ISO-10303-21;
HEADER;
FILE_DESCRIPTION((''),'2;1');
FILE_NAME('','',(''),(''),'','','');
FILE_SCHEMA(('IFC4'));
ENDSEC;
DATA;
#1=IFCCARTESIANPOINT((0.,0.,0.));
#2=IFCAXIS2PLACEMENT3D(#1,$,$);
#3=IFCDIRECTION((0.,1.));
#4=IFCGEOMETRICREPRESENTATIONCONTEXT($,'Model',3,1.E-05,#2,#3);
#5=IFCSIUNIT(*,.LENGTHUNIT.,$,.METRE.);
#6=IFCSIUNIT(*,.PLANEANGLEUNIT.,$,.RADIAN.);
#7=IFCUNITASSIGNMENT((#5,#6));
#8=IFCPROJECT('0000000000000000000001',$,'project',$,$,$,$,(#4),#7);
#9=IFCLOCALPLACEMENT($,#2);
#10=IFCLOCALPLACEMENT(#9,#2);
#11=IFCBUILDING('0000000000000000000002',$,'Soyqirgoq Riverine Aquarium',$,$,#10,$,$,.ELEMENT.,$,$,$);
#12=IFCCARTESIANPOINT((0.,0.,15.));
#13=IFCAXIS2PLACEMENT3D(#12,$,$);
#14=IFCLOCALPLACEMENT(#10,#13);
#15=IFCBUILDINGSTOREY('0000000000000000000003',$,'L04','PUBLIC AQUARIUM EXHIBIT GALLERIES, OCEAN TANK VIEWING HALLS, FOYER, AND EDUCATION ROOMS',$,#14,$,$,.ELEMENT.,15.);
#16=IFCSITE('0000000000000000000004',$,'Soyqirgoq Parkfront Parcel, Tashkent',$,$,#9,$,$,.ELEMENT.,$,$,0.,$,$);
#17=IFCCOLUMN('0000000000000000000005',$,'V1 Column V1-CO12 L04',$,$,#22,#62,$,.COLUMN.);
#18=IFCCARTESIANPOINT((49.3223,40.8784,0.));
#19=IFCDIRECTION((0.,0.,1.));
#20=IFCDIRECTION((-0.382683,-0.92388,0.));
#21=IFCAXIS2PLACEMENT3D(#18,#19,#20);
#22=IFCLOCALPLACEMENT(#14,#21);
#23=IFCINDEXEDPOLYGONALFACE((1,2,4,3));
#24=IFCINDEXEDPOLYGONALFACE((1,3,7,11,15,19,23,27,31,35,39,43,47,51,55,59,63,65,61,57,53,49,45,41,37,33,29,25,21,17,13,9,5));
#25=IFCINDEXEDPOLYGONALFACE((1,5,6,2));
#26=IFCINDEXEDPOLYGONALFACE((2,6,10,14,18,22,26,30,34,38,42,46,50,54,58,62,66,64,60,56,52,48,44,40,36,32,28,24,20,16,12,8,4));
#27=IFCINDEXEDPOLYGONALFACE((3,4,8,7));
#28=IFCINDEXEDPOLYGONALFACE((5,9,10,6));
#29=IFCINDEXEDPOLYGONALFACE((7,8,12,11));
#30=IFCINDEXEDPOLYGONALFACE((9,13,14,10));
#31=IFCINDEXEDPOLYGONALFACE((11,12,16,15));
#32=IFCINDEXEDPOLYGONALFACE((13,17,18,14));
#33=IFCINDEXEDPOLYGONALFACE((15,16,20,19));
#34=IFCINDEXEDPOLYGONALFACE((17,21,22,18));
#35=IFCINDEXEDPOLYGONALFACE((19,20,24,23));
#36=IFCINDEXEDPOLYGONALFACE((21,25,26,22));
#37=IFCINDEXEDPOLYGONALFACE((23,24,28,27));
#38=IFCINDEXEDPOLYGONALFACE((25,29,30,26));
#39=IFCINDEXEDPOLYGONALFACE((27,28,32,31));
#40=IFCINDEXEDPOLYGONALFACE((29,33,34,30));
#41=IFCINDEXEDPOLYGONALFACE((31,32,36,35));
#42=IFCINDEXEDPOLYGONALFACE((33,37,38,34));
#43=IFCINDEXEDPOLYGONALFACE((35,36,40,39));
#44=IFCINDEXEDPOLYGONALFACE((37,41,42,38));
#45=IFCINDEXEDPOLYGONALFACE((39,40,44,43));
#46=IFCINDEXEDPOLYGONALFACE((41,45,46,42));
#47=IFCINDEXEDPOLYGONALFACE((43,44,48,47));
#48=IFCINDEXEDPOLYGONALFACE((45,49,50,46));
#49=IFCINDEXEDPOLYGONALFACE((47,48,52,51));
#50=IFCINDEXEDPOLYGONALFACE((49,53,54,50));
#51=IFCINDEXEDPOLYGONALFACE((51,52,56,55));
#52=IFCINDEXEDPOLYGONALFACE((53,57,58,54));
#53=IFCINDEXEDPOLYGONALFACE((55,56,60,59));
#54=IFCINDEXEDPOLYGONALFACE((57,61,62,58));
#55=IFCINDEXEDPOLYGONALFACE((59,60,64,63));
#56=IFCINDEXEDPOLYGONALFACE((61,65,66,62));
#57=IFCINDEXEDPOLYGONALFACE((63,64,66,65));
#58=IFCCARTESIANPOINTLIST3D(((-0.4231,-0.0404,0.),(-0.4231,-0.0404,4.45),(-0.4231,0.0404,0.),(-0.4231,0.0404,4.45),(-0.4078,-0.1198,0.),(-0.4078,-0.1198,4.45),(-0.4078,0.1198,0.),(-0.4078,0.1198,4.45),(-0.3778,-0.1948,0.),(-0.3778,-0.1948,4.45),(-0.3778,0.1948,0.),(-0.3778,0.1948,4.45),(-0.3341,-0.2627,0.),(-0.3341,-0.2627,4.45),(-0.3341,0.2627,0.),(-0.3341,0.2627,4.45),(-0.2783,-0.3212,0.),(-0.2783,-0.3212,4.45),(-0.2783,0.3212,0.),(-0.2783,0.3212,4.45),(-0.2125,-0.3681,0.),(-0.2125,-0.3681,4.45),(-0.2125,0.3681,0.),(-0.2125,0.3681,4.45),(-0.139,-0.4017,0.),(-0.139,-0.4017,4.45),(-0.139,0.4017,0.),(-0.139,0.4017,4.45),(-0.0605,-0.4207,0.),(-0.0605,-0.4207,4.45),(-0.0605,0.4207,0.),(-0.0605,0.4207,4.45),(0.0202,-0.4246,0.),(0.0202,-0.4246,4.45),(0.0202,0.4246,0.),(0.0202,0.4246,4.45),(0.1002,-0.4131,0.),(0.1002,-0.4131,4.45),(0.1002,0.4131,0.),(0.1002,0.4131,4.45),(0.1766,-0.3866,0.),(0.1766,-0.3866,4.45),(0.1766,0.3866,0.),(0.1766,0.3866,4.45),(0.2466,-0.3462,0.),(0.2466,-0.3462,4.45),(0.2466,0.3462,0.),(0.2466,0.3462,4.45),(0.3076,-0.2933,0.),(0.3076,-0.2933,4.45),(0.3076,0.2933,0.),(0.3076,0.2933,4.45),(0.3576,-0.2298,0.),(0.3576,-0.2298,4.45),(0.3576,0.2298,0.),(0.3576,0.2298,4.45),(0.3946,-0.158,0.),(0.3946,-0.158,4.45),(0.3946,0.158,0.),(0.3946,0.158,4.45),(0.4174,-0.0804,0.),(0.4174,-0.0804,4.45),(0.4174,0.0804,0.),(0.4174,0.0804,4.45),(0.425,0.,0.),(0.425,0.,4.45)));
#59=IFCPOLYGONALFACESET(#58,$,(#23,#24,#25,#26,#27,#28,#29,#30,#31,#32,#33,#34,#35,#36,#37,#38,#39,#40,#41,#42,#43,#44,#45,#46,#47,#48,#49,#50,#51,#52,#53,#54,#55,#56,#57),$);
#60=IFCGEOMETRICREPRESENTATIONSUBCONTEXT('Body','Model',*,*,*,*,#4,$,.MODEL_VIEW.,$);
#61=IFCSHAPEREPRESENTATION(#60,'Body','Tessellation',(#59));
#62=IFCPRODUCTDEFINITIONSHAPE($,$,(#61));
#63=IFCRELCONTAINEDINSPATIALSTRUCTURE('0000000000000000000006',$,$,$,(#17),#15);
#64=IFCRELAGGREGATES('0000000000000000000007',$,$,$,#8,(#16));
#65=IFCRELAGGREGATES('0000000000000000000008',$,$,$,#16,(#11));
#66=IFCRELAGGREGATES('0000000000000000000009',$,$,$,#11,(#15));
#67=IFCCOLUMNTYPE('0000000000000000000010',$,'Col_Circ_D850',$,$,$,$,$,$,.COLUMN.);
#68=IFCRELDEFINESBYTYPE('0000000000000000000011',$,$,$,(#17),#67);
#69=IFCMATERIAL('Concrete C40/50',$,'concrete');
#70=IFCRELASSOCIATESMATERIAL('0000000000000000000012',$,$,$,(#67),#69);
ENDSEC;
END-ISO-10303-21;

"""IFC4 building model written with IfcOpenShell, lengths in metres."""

from ifc_helpers import new_model, si_unit, direction, frame, origin, origin_2d, place, context, subcontext, project, spatial, circle, extrude, material, material_profile, profile_set, type_object, element, save


model = new_model("IFC4")

# Units and contexts
model_context = context("Model", 3, precision=1e-05, world=origin(), true_north=direction((0.0, 1.0)))
body_context = subcontext(model_context, "Body", "Model", "MODEL_VIEW")
ifc_project = project(units=[si_unit("LENGTHUNIT", "METRE"), si_unit("PLANEANGLEUNIT", "RADIAN")], contexts=[model_context])

# Site, building, storey
site_placement = place(None, origin())
site = spatial("IfcSite", under=ifc_project, at=site_placement, Name="Soyqirgoq Parkfront Parcel, Tashkent", CompositionType="ELEMENT", RefElevation=0.0)
building_placement = place(site_placement, origin())
building = spatial("IfcBuilding", under=site, at=building_placement, Name="Soyqirgoq Riverine Aquarium", CompositionType="ELEMENT")
storey_placement = place(building_placement, frame((0.0, 0.0, 15.0)))
storey = spatial("IfcBuildingStorey", under=building, at=storey_placement, Name="L04", Description="PUBLIC AQUARIUM EXHIBIT GALLERIES, OCEAN TANK VIEWING HALLS, FOYER, AND EDUCATION ROOMS", CompositionType="ELEMENT", Elevation=15.0)

# Column
ifc_material_1 = material(Name="Concrete C40/50", Category="concrete")
ifc_material_profile_1 = material_profile(ifc_material_1, circle(Radius=0.425, at=origin_2d()), Name="RC-COL D850")
ifc_profile_set_1 = profile_set([ifc_material_profile_1], Name="Concrete C40/50")
column_type = type_object("IfcColumnType", Name="Col_Circ_D850", PredefinedType="COLUMN", material=ifc_profile_set_1)
column_placement = place(storey_placement, frame((49.3223, 40.8784, 0.0), z_axis=(0.0, 0.0, 1.0), x_axis=(-0.382683, -0.92388, 0.0)))
element("IfcColumn", 1, at=column_placement, inside=storey, type_object=column_type, Name="V1 Column V1-CO12 L04", PredefinedType="COLUMN", context=body_context, shape_type="SweptSolid", body=[
    extrude(circle(Radius=0.425, at=origin_2d()), origin(), (0.0, 0.0, 1.0), 4.45),
])

save(model, "model.ifc")
